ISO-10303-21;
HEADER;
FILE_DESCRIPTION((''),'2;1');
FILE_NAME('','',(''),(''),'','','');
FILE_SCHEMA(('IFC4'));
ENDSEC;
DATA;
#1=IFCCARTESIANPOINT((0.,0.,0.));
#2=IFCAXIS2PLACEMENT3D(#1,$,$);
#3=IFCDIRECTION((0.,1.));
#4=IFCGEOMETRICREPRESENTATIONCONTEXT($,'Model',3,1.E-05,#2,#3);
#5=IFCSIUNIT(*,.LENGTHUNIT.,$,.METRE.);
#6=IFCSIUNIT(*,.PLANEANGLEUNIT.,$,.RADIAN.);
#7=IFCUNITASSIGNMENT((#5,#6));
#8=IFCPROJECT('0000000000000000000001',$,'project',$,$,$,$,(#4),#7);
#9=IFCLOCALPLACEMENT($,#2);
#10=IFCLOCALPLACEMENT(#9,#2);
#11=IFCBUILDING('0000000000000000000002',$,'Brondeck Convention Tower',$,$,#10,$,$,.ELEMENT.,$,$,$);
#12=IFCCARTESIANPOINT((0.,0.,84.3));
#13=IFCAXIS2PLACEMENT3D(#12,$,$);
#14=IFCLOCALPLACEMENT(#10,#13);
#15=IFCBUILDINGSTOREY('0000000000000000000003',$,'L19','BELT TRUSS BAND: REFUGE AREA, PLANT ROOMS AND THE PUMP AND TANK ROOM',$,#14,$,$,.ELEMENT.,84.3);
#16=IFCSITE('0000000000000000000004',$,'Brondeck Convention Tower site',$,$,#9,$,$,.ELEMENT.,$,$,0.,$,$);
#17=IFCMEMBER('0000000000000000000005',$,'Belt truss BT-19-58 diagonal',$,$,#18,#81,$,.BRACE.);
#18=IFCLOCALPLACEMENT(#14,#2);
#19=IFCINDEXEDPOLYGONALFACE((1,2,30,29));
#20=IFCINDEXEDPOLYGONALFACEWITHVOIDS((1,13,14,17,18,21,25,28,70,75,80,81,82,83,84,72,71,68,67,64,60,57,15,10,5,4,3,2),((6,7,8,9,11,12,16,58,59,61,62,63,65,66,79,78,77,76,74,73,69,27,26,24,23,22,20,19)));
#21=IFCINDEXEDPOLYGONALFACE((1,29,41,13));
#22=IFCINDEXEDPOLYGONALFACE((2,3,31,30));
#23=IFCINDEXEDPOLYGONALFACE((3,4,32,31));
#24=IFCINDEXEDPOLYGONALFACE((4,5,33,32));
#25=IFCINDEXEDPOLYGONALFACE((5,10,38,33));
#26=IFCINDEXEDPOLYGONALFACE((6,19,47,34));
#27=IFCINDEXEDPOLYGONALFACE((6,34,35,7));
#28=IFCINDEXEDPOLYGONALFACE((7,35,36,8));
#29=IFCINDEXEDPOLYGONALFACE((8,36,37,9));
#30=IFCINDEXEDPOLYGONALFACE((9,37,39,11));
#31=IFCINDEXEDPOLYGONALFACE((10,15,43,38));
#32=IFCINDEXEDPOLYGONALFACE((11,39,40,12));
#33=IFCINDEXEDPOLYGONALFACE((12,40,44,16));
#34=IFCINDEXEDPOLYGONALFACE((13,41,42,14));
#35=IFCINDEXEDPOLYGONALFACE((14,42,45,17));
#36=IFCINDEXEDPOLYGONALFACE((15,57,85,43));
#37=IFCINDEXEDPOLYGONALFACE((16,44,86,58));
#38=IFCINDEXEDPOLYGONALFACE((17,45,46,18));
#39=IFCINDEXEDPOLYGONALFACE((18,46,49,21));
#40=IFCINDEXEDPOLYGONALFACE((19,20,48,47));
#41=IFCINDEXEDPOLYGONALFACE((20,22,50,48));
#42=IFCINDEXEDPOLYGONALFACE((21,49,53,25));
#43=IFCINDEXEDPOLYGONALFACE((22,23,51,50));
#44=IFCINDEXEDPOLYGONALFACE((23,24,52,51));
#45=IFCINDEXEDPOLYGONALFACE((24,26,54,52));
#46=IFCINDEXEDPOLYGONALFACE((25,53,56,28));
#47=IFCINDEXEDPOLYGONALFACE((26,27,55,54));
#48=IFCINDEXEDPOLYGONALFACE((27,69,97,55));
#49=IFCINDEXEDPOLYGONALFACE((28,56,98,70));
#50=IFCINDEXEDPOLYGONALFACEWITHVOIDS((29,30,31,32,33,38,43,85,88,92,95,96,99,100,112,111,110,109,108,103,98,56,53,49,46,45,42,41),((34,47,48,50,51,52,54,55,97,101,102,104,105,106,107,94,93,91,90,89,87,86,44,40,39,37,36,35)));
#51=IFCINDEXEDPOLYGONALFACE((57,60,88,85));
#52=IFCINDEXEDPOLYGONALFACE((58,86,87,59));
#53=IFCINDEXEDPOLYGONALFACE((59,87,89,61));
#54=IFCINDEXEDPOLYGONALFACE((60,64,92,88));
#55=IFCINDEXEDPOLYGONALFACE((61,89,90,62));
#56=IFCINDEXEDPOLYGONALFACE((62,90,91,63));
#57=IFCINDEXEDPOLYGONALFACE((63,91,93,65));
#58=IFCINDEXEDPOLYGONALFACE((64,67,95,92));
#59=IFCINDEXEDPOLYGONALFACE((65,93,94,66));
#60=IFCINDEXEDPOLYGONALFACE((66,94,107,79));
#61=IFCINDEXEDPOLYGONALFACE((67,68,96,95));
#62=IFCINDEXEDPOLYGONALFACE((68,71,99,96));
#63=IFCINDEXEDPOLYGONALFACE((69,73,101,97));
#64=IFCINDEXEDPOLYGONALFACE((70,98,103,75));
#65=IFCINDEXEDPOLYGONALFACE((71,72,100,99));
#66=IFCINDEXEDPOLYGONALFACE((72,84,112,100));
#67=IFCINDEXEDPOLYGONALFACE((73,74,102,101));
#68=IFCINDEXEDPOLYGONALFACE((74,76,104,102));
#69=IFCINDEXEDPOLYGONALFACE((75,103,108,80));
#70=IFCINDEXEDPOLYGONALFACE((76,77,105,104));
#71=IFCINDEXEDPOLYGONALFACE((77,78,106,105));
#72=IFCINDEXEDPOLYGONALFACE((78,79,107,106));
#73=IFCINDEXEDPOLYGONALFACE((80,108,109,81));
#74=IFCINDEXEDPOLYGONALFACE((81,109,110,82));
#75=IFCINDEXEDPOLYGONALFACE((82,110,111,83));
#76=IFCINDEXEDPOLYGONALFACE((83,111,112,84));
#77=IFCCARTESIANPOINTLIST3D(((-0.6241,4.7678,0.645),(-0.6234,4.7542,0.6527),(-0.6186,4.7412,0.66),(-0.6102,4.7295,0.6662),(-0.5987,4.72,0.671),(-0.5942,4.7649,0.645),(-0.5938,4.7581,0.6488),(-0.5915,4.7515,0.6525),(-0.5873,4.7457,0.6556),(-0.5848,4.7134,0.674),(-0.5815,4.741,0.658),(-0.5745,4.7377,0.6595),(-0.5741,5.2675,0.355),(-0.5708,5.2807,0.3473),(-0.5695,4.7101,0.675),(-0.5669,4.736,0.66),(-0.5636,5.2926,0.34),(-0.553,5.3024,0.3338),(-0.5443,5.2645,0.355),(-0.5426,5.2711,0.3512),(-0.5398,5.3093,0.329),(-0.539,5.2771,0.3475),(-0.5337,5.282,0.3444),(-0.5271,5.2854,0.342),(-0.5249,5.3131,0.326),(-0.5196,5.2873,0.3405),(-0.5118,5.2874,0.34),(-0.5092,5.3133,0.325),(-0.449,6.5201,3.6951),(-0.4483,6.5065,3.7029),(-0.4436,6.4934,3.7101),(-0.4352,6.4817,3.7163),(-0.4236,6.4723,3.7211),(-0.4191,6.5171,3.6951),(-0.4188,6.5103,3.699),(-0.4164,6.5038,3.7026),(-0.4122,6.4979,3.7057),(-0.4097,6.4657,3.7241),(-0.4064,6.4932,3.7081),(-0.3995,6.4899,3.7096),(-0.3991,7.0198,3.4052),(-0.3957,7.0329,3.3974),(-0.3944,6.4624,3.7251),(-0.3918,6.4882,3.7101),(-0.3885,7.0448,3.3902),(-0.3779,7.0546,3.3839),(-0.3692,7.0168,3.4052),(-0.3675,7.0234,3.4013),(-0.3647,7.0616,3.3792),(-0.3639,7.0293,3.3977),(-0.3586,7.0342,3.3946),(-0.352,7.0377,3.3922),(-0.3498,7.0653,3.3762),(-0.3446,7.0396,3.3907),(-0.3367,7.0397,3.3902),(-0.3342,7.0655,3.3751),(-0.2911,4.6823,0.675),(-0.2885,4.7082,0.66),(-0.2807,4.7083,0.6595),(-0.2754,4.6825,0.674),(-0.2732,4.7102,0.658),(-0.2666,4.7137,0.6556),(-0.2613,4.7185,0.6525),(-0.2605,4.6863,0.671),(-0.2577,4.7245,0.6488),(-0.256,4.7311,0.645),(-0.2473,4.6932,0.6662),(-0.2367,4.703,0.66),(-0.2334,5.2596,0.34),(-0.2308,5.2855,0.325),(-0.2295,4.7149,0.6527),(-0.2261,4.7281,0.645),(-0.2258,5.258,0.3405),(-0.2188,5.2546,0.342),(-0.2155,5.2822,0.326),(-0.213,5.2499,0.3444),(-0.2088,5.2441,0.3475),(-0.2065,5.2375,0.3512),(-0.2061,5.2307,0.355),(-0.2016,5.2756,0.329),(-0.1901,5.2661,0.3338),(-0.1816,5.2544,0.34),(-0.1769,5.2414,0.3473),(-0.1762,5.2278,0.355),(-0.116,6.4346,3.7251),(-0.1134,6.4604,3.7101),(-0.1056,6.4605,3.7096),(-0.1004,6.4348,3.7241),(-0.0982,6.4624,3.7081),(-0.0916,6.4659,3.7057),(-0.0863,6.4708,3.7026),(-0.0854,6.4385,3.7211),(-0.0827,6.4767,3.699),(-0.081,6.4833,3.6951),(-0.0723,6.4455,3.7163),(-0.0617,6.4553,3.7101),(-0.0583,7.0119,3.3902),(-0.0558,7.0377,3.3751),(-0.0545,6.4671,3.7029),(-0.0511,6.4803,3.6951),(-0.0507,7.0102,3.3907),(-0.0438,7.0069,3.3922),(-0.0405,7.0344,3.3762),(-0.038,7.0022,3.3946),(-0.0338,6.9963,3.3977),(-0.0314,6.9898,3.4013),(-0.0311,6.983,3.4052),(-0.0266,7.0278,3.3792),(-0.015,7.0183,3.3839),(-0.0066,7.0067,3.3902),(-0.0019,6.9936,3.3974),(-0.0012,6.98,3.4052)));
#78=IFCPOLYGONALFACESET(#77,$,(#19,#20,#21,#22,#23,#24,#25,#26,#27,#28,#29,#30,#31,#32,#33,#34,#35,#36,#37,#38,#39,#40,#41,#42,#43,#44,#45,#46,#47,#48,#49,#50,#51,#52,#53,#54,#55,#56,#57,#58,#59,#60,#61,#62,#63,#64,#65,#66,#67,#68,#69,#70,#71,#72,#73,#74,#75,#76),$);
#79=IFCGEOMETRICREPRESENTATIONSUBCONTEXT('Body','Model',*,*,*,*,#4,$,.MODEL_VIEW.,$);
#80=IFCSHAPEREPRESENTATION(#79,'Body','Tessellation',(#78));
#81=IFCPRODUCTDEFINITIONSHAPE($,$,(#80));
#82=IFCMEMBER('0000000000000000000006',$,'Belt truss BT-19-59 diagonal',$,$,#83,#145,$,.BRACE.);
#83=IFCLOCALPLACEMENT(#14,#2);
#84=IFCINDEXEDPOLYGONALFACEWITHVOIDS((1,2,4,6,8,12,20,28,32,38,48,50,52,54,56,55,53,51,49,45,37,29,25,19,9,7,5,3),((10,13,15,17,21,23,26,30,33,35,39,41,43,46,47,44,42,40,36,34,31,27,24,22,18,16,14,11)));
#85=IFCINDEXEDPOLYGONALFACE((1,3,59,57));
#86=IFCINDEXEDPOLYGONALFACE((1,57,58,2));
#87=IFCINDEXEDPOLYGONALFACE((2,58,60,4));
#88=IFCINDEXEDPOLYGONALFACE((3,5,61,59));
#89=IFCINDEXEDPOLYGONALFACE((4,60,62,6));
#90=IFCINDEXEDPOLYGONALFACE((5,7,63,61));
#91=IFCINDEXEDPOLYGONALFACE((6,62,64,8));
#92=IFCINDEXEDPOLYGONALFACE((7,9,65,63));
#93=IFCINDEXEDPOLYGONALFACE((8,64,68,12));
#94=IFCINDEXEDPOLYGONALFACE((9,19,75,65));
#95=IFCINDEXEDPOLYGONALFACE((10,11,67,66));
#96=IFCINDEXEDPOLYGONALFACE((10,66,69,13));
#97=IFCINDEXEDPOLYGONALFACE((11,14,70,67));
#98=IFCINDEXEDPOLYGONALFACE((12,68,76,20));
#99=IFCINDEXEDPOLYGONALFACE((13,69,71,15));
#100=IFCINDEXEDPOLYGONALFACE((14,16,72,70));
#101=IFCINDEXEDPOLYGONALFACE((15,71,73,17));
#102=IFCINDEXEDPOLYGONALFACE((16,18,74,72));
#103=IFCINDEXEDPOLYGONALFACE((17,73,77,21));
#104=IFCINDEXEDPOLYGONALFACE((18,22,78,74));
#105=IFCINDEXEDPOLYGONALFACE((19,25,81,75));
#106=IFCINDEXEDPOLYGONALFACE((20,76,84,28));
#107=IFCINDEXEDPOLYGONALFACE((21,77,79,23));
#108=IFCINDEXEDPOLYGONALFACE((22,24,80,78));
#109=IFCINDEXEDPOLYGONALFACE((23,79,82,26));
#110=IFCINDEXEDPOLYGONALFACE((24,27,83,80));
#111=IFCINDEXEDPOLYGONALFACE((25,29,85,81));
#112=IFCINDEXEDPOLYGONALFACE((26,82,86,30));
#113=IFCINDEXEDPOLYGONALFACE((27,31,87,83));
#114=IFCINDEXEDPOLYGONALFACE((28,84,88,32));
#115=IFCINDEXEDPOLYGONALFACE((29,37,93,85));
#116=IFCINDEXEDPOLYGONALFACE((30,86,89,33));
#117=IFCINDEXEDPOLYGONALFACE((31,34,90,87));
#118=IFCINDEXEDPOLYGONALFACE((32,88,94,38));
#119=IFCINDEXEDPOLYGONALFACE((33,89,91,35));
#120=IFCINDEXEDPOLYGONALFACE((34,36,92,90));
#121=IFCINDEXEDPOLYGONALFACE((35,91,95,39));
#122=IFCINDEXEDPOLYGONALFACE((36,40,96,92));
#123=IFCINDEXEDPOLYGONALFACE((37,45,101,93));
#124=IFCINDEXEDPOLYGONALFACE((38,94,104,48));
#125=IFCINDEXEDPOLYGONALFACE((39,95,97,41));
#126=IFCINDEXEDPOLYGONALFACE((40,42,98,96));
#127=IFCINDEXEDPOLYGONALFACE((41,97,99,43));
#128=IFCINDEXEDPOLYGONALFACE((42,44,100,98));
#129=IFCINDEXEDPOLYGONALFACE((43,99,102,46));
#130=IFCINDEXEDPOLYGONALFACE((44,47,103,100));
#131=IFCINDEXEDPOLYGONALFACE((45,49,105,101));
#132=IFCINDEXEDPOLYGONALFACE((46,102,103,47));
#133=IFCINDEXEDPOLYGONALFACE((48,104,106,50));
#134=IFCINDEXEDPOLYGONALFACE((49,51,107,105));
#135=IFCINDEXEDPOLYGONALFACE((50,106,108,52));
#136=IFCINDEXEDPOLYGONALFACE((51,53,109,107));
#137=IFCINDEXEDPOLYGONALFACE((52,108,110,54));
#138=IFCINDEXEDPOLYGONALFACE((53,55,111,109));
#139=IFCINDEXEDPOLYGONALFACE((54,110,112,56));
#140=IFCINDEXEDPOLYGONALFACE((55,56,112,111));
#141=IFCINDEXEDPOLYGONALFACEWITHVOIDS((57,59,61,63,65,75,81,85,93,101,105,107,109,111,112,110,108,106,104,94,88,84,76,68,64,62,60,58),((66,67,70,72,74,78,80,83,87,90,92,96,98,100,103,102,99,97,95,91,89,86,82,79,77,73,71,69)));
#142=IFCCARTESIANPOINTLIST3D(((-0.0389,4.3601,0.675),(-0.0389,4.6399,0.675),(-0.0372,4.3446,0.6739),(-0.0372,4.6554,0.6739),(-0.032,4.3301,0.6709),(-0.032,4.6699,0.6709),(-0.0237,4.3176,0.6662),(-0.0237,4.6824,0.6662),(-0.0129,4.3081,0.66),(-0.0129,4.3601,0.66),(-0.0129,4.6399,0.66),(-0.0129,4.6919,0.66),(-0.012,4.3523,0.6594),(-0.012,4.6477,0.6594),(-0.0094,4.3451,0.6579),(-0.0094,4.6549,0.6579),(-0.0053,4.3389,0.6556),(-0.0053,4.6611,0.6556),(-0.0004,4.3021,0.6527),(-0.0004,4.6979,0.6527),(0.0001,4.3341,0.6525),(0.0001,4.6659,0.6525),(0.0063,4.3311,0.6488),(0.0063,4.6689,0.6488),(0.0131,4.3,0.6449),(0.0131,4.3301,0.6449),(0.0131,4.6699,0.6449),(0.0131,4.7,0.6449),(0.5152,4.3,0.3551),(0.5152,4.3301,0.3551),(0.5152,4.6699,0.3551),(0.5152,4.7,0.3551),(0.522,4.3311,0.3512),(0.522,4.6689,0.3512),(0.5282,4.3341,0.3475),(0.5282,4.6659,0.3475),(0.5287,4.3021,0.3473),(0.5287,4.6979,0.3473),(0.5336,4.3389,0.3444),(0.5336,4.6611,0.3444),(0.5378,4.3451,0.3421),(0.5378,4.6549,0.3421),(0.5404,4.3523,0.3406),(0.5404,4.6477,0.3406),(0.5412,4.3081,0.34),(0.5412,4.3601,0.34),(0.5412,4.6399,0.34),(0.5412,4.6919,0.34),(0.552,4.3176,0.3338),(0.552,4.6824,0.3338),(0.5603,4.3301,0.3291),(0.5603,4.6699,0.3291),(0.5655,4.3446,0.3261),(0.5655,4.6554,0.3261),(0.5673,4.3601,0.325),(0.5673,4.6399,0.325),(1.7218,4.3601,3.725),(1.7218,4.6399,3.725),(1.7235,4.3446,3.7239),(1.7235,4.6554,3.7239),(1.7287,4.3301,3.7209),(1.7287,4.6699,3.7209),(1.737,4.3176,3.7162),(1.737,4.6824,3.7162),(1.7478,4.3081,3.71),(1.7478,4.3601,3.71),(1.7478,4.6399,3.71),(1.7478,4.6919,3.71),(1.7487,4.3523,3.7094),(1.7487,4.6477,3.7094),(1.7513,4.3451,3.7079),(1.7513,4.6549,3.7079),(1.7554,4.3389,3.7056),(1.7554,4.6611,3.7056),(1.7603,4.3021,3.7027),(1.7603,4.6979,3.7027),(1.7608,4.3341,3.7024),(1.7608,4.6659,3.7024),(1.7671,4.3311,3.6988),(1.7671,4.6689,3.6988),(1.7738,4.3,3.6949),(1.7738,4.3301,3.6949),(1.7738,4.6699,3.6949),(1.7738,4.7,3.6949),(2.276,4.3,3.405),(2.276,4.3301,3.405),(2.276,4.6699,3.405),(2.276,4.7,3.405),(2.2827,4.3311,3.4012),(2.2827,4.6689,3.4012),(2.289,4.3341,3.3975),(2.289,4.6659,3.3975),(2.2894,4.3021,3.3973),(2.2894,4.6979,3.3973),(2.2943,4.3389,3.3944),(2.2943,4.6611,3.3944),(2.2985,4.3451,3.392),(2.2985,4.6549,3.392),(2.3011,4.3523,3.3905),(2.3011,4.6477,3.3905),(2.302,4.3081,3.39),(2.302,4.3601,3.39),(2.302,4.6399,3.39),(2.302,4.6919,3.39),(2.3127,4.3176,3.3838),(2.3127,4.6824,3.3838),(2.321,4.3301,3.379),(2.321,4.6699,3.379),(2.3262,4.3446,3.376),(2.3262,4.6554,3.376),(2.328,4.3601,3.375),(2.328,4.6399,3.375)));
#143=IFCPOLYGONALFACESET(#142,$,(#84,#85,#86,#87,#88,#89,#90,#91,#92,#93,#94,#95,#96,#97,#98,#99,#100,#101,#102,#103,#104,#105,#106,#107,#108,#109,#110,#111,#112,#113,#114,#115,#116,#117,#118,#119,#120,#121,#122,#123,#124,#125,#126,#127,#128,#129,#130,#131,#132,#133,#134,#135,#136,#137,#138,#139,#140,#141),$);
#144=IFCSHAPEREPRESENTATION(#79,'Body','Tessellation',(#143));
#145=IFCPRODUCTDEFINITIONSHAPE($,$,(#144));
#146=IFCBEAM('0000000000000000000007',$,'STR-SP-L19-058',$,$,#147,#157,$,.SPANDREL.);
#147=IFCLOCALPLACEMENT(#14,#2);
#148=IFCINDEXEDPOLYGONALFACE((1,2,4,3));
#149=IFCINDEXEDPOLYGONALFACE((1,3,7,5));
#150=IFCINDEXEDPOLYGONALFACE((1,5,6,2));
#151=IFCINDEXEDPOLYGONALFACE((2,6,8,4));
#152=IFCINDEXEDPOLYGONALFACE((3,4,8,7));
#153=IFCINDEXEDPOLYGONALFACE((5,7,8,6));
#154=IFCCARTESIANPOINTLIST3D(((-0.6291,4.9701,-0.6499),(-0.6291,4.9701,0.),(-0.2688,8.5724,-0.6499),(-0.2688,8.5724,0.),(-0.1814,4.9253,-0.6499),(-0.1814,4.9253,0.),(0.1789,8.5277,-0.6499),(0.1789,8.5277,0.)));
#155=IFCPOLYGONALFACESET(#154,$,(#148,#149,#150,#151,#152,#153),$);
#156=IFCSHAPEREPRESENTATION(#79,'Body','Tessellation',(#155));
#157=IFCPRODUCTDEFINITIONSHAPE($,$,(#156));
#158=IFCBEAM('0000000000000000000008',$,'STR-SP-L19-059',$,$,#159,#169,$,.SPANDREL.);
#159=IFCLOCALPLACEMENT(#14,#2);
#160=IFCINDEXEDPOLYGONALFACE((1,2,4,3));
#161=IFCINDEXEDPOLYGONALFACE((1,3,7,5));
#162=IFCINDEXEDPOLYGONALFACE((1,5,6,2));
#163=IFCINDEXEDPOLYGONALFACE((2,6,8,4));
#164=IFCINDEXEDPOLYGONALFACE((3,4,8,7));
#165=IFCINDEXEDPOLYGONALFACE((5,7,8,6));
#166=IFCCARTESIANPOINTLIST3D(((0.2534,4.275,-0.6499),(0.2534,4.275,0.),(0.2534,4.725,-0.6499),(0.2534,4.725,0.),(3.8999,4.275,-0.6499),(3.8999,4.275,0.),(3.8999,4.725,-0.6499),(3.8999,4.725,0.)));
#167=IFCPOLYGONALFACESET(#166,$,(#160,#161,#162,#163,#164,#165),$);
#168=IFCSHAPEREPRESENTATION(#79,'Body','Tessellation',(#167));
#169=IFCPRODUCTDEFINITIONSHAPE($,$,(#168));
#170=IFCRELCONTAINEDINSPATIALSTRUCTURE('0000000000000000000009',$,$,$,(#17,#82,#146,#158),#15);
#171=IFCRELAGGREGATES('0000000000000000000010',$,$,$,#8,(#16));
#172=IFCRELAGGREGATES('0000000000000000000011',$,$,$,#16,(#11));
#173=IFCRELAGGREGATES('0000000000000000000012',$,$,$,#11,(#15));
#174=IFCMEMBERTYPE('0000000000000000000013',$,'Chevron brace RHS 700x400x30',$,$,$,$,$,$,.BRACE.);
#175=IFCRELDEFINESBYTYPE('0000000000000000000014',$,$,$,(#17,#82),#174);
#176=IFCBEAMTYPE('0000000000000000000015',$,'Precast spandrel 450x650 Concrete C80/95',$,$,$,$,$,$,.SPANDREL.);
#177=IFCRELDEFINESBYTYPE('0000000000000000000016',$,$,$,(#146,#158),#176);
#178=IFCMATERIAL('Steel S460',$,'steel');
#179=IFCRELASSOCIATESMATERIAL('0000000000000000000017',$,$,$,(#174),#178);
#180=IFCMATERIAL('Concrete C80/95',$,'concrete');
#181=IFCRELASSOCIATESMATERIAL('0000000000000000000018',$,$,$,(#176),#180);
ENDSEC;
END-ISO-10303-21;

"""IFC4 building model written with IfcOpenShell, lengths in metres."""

from ifc_helpers import new_model, si_unit, direction, frame, origin, origin_2d, place, context, subcontext, project, spatial, rectangle, hollow_rectangle, extrude, material, material_profile, profile_set, type_object, element, save


model = new_model("IFC4")

# Units and contexts
model_context = context("Model", 3, precision=1e-05, world=origin(), true_north=direction((0.0, 1.0)))
body_context = subcontext(model_context, "Body", "Model", "MODEL_VIEW")
ifc_project = project(units=[si_unit("LENGTHUNIT", "METRE"), si_unit("PLANEANGLEUNIT", "RADIAN")], contexts=[model_context])

# Site, building, storey
site_placement = place(None, origin())
site = spatial("IfcSite", under=ifc_project, at=site_placement, Name="Brondeck Convention Tower site", CompositionType="ELEMENT", RefElevation=0.0)
building_placement = place(site_placement, origin())
building = spatial("IfcBuilding", under=site, at=building_placement, Name="Brondeck Convention Tower", CompositionType="ELEMENT")
storey_placement = place(building_placement, frame((0.0, 0.0, 84.3)))
storey = spatial("IfcBuildingStorey", under=building, at=storey_placement, Name="L19", Description="BELT TRUSS BAND: REFUGE AREA, PLANT ROOMS AND THE PUMP AND TANK ROOM", CompositionType="ELEMENT", Elevation=84.3)

# Shared definitions
ifc_material_1 = material(Name="Concrete C80/95", Category="concrete")

# Members
ifc_material_2 = material(Name="Steel S460", Category="steel")
ifc_material_profile_1 = material_profile(ifc_material_2, hollow_rectangle(XDim=0.3999, YDim=0.7, WallThickness=0.03, InnerFilletRadius=0.03, OuterFilletRadius=0.0601, at=origin_2d()), Name="RHS 700x400x30")
ifc_profile_set_1 = profile_set([ifc_material_profile_1], Name="Steel S460")
member_type_1 = type_object("IfcMemberType", Name="Chevron brace RHS 700x400x30", PredefinedType="BRACE", material=ifc_profile_set_1)
for number, where, z_axis, x_axis, name in (
    (1, (-0.4001, 4.9978, 0.5), (0.049703, 0.497518, 0.866029), (-0.995047, 0.099408, 0.0), "Belt truss BT-19-58 diagonal"),
):
    element("IfcMember", number, at=place(storey_placement, frame(where, z_axis=z_axis, x_axis=x_axis)), inside=storey, type_object=member_type_1, Name=name, PredefinedType="BRACE", context=body_context, shape_type="SweptSolid", body=[
        extrude(hollow_rectangle(XDim=0.3999, YDim=0.7, WallThickness=0.03, InnerFilletRadius=0.03, OuterFilletRadius=0.0601, at=origin_2d()), origin(), (0.0, 0.0, 1.0), 3.522),
    ])
member_1_placement = place(storey_placement, frame((0.2642, 4.5, 0.5), z_axis=(0.499956, 0.0, 0.866051), x_axis=(0.0, 1.0, 0.0)))
element("IfcMember", 2, at=member_1_placement, inside=storey, type_object=member_type_1, Name="Belt truss BT-19-59 diagonal", PredefinedType="BRACE", context=body_context, shape_type="SweptSolid", body=[
    extrude(hollow_rectangle(XDim=0.3999, YDim=0.7, WallThickness=0.03, InnerFilletRadius=0.03, OuterFilletRadius=0.0601, at=origin_2d()), origin(), (0.0, 0.0, 1.0), 3.5217),
])

# Beams
ifc_material_profile_2 = material_profile(ifc_material_1, rectangle(XDim=0.45, YDim=0.6499, at=origin_2d()), Name="Precast spandrel 450x650 Concrete C80/95")
ifc_profile_set_2 = profile_set([ifc_material_profile_2], Name="Concrete C80/95")
beam_type = type_object("IfcBeamType", Name="Precast spandrel 450x650 Concrete C80/95", PredefinedType="SPANDREL", material=ifc_profile_set_2)
beam_1_placement = place(storey_placement, frame((-0.0449, 8.55, -0.325), z_axis=(-0.099537, -0.995034, 0.0), x_axis=(0.995034, -0.099537, 0.0)))
element("IfcBeam", 3, at=beam_1_placement, inside=storey, type_object=beam_type, Name="STR-SP-L19-058", PredefinedType="SPANDREL", context=body_context, shape_type="SweptSolid", body=[
    extrude(rectangle(XDim=0.45, YDim=0.6499, at=origin_2d()), origin(), (0.0, 0.0, 1.0), 3.6204),
])
beam_2_placement = place(storey_placement, frame((0.2534, 4.5, -0.325), z_axis=(1.0, 0.0, 0.0), x_axis=(0.0, 1.0, 0.0)))
element("IfcBeam", 4, at=beam_2_placement, inside=storey, type_object=beam_type, Name="STR-SP-L19-059", PredefinedType="SPANDREL", context=body_context, shape_type="SweptSolid", body=[
    extrude(rectangle(XDim=0.45, YDim=0.6499, at=origin_2d()), origin(), (0.0, 0.0, 1.0), 3.6465),
])

save(model, "model.ifc")
